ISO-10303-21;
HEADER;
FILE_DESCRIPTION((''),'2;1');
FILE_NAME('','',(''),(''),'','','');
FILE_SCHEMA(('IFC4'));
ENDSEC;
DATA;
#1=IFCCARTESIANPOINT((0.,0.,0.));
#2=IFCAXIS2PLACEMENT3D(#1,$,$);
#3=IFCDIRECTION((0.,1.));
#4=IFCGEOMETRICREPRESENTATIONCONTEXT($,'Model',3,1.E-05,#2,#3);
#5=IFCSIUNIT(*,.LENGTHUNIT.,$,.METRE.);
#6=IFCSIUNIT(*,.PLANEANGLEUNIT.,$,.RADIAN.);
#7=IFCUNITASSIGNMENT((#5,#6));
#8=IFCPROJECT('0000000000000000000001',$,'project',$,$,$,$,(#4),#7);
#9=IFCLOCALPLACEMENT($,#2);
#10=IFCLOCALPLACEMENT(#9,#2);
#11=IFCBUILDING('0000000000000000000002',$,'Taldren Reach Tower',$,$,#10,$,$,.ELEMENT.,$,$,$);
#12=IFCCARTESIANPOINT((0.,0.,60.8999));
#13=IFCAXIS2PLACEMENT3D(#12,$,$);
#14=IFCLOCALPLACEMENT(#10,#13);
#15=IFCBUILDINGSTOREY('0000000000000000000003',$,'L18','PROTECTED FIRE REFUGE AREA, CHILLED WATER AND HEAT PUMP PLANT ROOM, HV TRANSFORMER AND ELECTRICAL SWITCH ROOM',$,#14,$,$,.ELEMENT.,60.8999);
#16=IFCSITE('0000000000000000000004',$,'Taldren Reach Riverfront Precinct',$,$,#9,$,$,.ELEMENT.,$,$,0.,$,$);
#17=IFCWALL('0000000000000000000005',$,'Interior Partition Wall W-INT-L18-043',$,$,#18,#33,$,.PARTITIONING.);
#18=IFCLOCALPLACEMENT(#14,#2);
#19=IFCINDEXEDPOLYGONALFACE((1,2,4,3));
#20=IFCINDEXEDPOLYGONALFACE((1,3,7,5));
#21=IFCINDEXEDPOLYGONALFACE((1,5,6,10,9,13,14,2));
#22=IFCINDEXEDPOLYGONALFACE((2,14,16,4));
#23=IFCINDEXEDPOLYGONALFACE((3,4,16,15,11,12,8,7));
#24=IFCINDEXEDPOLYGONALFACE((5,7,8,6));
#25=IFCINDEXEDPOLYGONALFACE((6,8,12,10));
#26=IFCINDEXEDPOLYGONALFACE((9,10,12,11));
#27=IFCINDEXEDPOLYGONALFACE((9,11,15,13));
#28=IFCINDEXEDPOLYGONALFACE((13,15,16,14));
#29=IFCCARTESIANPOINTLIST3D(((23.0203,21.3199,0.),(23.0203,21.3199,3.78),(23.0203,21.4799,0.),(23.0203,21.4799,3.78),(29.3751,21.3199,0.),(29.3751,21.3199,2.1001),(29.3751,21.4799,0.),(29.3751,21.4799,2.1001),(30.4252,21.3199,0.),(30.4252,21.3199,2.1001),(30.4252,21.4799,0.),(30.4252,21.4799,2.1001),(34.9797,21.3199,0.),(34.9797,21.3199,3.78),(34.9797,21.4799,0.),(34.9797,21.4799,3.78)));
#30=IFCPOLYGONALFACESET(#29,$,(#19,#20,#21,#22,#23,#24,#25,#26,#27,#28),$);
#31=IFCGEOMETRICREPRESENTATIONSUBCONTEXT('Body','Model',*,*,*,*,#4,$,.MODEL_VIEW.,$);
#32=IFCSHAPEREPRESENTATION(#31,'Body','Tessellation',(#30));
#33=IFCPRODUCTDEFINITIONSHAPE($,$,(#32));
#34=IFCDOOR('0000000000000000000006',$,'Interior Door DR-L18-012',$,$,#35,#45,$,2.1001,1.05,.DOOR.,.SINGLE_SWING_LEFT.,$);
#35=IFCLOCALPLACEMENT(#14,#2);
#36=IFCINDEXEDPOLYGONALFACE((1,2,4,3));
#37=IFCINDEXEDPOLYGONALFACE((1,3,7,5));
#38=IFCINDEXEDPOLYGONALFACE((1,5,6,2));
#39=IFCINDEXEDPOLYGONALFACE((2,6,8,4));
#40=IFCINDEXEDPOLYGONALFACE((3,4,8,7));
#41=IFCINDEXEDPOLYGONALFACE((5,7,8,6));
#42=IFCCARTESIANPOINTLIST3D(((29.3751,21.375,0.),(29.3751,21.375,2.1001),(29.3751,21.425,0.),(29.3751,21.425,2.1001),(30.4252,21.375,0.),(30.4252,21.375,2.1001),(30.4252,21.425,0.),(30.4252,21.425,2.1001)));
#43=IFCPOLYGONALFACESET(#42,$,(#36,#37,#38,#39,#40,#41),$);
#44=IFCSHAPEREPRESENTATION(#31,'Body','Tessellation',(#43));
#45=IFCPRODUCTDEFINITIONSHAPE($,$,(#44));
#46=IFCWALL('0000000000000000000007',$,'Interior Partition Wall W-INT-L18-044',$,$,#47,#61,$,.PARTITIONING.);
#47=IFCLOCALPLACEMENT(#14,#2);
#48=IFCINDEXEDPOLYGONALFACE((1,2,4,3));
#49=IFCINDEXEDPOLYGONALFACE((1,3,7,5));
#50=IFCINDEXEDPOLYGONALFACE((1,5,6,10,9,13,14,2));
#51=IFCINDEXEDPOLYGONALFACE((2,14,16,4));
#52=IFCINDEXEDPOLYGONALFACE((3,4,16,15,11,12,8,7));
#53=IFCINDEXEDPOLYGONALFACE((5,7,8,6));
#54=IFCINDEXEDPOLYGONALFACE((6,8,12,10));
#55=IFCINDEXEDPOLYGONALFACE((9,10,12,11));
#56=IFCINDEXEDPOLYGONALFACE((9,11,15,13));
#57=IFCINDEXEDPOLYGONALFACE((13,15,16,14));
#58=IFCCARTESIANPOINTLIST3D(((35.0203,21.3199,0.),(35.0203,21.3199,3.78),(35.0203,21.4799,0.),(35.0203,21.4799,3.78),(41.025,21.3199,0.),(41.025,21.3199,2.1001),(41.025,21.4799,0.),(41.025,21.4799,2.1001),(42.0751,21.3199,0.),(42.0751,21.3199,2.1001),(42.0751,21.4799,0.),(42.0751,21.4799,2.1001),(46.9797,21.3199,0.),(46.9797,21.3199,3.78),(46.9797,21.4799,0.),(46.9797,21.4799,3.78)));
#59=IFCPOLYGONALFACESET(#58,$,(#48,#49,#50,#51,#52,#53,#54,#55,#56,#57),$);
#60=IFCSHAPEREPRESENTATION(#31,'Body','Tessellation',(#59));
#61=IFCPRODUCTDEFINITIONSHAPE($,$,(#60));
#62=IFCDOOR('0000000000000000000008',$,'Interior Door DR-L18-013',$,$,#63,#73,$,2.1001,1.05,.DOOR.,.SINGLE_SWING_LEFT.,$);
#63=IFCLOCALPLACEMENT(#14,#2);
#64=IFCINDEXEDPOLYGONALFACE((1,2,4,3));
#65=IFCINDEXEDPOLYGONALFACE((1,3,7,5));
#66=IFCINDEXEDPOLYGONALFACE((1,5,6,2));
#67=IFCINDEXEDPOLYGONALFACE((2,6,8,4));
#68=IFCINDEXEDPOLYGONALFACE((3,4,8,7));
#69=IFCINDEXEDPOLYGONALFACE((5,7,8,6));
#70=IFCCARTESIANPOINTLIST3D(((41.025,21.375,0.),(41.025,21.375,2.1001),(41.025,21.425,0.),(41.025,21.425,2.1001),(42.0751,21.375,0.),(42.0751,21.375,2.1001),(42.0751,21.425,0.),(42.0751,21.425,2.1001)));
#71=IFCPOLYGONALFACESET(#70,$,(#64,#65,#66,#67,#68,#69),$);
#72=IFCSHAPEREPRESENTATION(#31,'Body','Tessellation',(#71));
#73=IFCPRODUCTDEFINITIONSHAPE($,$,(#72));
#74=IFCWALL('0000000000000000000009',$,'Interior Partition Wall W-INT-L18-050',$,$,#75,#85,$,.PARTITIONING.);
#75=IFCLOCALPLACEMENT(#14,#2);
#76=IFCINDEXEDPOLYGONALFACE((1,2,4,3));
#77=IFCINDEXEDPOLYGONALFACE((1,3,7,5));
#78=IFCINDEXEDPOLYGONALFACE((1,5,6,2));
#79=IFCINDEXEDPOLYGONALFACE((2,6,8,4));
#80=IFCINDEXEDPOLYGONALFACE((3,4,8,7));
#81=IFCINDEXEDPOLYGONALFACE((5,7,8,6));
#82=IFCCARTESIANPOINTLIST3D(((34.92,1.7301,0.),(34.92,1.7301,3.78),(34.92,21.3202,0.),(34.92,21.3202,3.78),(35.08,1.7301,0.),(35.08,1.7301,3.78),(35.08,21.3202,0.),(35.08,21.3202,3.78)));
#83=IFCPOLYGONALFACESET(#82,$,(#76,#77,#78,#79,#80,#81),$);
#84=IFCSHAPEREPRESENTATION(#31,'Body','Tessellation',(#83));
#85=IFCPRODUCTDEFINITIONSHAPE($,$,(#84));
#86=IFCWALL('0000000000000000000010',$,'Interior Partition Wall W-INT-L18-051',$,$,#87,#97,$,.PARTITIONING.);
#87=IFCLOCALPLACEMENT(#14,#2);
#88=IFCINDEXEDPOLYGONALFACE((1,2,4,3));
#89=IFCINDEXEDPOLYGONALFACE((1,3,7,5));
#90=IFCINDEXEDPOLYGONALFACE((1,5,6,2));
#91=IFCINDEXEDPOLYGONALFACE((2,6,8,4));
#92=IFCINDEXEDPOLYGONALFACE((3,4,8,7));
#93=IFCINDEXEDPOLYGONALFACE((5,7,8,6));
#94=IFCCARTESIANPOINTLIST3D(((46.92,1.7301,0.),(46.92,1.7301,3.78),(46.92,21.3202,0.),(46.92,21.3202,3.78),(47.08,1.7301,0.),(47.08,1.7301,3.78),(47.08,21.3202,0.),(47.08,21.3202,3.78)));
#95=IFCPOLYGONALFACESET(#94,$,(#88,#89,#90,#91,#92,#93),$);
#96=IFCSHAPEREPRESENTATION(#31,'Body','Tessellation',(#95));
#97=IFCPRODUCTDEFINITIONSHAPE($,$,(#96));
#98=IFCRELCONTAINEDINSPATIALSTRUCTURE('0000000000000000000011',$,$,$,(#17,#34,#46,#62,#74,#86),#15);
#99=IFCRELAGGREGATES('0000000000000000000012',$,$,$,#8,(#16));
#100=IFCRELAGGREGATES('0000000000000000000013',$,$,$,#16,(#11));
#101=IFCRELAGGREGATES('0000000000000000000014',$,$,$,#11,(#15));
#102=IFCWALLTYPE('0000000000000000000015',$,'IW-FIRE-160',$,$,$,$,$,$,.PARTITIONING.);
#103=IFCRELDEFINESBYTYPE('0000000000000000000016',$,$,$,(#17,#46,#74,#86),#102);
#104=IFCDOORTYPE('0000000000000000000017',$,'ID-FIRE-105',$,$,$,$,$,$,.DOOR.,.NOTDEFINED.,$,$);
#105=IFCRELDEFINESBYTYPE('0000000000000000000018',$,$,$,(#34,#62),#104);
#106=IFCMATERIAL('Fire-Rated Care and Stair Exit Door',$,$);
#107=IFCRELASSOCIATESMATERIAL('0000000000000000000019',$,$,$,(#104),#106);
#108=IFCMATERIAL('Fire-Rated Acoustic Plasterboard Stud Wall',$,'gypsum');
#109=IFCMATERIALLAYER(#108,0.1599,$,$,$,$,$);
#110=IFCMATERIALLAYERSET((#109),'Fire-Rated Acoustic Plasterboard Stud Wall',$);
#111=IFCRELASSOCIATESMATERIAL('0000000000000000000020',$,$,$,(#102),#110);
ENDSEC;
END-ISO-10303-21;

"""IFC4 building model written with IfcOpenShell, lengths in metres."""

from ifc_helpers import new_model, si_unit, direction, frame, frame_2d, origin, place, context, subcontext, project, spatial, rectangle, extrude, source, transform, mapped, material, layer, layer_set, type_object, element, fill, save


model = new_model("IFC4")

# Units and contexts
model_context = context("Model", 3, precision=1e-05, world=origin(), true_north=direction((0.0, 1.0)))
body_context = subcontext(model_context, "Body", "Model", "MODEL_VIEW")
ifc_project = project(units=[si_unit("LENGTHUNIT", "METRE"), si_unit("PLANEANGLEUNIT", "RADIAN")], contexts=[model_context])

# Site, building, storey
site_placement = place(None, origin())
site = spatial("IfcSite", under=ifc_project, at=site_placement, Name="Taldren Reach Riverfront Precinct", CompositionType="ELEMENT", RefElevation=0.0)
building_placement = place(site_placement, origin())
building = spatial("IfcBuilding", under=site, at=building_placement, Name="Taldren Reach Tower", CompositionType="ELEMENT")
storey_placement = place(building_placement, frame((0.0, 0.0, 60.8999)))
storey = spatial("IfcBuildingStorey", under=building, at=storey_placement, Name="L18", Description="PROTECTED FIRE REFUGE AREA, CHILLED WATER AND HEAT PUMP PLANT ROOM, HV TRANSFORMER AND ELECTRICAL SWITCH ROOM", CompositionType="ELEMENT", Elevation=60.8999)

# Walls, openings, doors
ifc_material_1 = material(Name="Fire-Rated Care and Stair Exit Door")
door_type = type_object("IfcDoorType", Name="ID-FIRE-105", OperationType="NOTDEFINED", PredefinedType="DOOR", material=ifc_material_1)
shared_shape_1 = source(origin(), body_context, "Body", "SweptSolid", [
    extrude(rectangle(XDim=1.05, YDim=2.1001, at=frame_2d((0.5249, 1.05))), frame((0.0, 0.0249, 0.0), z_axis=(0.0, -1.0, 0.0), x_axis=(1.0, 0.0, 0.0)), (0.0, 0.0, 1.0), 0.05),
])
ifc_material_2 = material(Name="Fire-Rated Acoustic Plasterboard Stud Wall", Category="gypsum")
ifc_layer_1 = layer(ifc_material_2, 0.1599)
ifc_layer_set_1 = layer_set([ifc_layer_1], Name="Fire-Rated Acoustic Plasterboard Stud Wall")
wall_type_1 = type_object("IfcWallType", Name="IW-FIRE-160", PredefinedType="PARTITIONING", material=ifc_layer_set_1)
shared_shape_2 = source(origin(), body_context, "Body", "SweptSolid", [
    extrude(rectangle(XDim=11.9595, YDim=0.1599, at=frame_2d((5.9797, 0.0))), origin(), (0.0, 0.0, 1.0), 3.78),
])
wall_1_placement = place(storey_placement, frame((34.9797, 21.3999, 0.0), z_axis=(0.0, 0.0, 1.0), x_axis=(-1.0, 0.0, 0.0)))
wall_1 = element("IfcWall", 1, at=wall_1_placement, inside=storey, type_object=wall_type_1, Name="Interior Partition Wall W-INT-L18-043", PredefinedType="PARTITIONING", context=body_context, shape_type="MappedRepresentation", body=[
    mapped(shared_shape_2, transform((0.0, 0.0, 0.0), scale=1.0)),
])
shared_shape_3 = source(origin(), body_context, "Body", "SweptSolid", [
    extrude(rectangle(XDim=1.05, YDim=2.1001, at=frame_2d((0.5249, 1.05))), frame((0.0, 0.0898, 0.0), z_axis=(0.0, -1.0, 0.0), x_axis=(1.0, 0.0, 0.0)), (0.0, 0.0, 1.0), 0.1799),
])
opening_1_placement = place(wall_1_placement, frame((4.5547, 0.0, 0.0)))
opening_1 = element("IfcOpeningElement", 2, at=opening_1_placement, cuts=wall_1, PredefinedType="OPENING", context=body_context, shape_type="MappedRepresentation", body=[
    mapped(shared_shape_3, transform((0.0, 0.0, 0.0), scale=1.0)),
])
door_1_placement = place(opening_1_placement, origin())
door_1 = element("IfcDoor", 3, at=door_1_placement, inside=storey, type_object=door_type, Name="Interior Door DR-L18-012", OperationType="SINGLE_SWING_LEFT", OverallHeight=2.1001, OverallWidth=1.05, PredefinedType="DOOR", context=body_context, shape_type="MappedRepresentation", body=[
    mapped(shared_shape_1, transform((0.0, 0.0, 0.0), scale=1.0)),
])
fill(opening_1, door_1)
wall_2_placement = place(storey_placement, frame((46.9797, 21.3999, 0.0), z_axis=(0.0, 0.0, 1.0), x_axis=(-1.0, 0.0, 0.0)))
wall_2 = element("IfcWall", 4, at=wall_2_placement, inside=storey, type_object=wall_type_1, Name="Interior Partition Wall W-INT-L18-044", PredefinedType="PARTITIONING", context=body_context, shape_type="MappedRepresentation", body=[
    mapped(shared_shape_2, transform((0.0, 0.0, 0.0), scale=1.0)),
])
opening_2_placement = place(wall_2_placement, frame((4.9048, 0.0, 0.0)))
opening_2 = element("IfcOpeningElement", 5, at=opening_2_placement, cuts=wall_2, PredefinedType="OPENING", context=body_context, shape_type="MappedRepresentation", body=[
    mapped(shared_shape_3, transform((0.0, 0.0, 0.0), scale=1.0)),
])
door_2_placement = place(opening_2_placement, origin())
door_2 = element("IfcDoor", 6, at=door_2_placement, inside=storey, type_object=door_type, Name="Interior Door DR-L18-013", OperationType="SINGLE_SWING_LEFT", OverallHeight=2.1001, OverallWidth=1.05, PredefinedType="DOOR", context=body_context, shape_type="MappedRepresentation", body=[
    mapped(shared_shape_1, transform((0.0, 0.0, 0.0), scale=1.0)),
])
fill(opening_2, door_2)

# Walls
shared_shape_4 = source(origin(), body_context, "Body", "SweptSolid", [
    extrude(rectangle(XDim=19.5901, YDim=0.1599, at=frame_2d((9.7949, 0.0))), origin(), (0.0, 0.0, 1.0), 3.78),
])
for number, where, z_axis, x_axis, name in (
    (7, (35.0, 21.3201, 0.0), (0.0, 0.0, 1.0), (0.0, -1.0, 0.0), "Interior Partition Wall W-INT-L18-050"),
    (8, (47.0, 21.3201, 0.0), (0.0, 0.0, 1.0), (0.0, -1.0, 0.0), "Interior Partition Wall W-INT-L18-051"),
):
    element("IfcWall", number, at=place(storey_placement, frame(where, z_axis=z_axis, x_axis=x_axis)), inside=storey, type_object=wall_type_1, Name=name, PredefinedType="PARTITIONING", context=body_context, shape_type="MappedRepresentation", body=[
        mapped(shared_shape_4, transform((0.0, 0.0, 0.0), scale=1.0)),
    ])

save(model, "model.ifc")
